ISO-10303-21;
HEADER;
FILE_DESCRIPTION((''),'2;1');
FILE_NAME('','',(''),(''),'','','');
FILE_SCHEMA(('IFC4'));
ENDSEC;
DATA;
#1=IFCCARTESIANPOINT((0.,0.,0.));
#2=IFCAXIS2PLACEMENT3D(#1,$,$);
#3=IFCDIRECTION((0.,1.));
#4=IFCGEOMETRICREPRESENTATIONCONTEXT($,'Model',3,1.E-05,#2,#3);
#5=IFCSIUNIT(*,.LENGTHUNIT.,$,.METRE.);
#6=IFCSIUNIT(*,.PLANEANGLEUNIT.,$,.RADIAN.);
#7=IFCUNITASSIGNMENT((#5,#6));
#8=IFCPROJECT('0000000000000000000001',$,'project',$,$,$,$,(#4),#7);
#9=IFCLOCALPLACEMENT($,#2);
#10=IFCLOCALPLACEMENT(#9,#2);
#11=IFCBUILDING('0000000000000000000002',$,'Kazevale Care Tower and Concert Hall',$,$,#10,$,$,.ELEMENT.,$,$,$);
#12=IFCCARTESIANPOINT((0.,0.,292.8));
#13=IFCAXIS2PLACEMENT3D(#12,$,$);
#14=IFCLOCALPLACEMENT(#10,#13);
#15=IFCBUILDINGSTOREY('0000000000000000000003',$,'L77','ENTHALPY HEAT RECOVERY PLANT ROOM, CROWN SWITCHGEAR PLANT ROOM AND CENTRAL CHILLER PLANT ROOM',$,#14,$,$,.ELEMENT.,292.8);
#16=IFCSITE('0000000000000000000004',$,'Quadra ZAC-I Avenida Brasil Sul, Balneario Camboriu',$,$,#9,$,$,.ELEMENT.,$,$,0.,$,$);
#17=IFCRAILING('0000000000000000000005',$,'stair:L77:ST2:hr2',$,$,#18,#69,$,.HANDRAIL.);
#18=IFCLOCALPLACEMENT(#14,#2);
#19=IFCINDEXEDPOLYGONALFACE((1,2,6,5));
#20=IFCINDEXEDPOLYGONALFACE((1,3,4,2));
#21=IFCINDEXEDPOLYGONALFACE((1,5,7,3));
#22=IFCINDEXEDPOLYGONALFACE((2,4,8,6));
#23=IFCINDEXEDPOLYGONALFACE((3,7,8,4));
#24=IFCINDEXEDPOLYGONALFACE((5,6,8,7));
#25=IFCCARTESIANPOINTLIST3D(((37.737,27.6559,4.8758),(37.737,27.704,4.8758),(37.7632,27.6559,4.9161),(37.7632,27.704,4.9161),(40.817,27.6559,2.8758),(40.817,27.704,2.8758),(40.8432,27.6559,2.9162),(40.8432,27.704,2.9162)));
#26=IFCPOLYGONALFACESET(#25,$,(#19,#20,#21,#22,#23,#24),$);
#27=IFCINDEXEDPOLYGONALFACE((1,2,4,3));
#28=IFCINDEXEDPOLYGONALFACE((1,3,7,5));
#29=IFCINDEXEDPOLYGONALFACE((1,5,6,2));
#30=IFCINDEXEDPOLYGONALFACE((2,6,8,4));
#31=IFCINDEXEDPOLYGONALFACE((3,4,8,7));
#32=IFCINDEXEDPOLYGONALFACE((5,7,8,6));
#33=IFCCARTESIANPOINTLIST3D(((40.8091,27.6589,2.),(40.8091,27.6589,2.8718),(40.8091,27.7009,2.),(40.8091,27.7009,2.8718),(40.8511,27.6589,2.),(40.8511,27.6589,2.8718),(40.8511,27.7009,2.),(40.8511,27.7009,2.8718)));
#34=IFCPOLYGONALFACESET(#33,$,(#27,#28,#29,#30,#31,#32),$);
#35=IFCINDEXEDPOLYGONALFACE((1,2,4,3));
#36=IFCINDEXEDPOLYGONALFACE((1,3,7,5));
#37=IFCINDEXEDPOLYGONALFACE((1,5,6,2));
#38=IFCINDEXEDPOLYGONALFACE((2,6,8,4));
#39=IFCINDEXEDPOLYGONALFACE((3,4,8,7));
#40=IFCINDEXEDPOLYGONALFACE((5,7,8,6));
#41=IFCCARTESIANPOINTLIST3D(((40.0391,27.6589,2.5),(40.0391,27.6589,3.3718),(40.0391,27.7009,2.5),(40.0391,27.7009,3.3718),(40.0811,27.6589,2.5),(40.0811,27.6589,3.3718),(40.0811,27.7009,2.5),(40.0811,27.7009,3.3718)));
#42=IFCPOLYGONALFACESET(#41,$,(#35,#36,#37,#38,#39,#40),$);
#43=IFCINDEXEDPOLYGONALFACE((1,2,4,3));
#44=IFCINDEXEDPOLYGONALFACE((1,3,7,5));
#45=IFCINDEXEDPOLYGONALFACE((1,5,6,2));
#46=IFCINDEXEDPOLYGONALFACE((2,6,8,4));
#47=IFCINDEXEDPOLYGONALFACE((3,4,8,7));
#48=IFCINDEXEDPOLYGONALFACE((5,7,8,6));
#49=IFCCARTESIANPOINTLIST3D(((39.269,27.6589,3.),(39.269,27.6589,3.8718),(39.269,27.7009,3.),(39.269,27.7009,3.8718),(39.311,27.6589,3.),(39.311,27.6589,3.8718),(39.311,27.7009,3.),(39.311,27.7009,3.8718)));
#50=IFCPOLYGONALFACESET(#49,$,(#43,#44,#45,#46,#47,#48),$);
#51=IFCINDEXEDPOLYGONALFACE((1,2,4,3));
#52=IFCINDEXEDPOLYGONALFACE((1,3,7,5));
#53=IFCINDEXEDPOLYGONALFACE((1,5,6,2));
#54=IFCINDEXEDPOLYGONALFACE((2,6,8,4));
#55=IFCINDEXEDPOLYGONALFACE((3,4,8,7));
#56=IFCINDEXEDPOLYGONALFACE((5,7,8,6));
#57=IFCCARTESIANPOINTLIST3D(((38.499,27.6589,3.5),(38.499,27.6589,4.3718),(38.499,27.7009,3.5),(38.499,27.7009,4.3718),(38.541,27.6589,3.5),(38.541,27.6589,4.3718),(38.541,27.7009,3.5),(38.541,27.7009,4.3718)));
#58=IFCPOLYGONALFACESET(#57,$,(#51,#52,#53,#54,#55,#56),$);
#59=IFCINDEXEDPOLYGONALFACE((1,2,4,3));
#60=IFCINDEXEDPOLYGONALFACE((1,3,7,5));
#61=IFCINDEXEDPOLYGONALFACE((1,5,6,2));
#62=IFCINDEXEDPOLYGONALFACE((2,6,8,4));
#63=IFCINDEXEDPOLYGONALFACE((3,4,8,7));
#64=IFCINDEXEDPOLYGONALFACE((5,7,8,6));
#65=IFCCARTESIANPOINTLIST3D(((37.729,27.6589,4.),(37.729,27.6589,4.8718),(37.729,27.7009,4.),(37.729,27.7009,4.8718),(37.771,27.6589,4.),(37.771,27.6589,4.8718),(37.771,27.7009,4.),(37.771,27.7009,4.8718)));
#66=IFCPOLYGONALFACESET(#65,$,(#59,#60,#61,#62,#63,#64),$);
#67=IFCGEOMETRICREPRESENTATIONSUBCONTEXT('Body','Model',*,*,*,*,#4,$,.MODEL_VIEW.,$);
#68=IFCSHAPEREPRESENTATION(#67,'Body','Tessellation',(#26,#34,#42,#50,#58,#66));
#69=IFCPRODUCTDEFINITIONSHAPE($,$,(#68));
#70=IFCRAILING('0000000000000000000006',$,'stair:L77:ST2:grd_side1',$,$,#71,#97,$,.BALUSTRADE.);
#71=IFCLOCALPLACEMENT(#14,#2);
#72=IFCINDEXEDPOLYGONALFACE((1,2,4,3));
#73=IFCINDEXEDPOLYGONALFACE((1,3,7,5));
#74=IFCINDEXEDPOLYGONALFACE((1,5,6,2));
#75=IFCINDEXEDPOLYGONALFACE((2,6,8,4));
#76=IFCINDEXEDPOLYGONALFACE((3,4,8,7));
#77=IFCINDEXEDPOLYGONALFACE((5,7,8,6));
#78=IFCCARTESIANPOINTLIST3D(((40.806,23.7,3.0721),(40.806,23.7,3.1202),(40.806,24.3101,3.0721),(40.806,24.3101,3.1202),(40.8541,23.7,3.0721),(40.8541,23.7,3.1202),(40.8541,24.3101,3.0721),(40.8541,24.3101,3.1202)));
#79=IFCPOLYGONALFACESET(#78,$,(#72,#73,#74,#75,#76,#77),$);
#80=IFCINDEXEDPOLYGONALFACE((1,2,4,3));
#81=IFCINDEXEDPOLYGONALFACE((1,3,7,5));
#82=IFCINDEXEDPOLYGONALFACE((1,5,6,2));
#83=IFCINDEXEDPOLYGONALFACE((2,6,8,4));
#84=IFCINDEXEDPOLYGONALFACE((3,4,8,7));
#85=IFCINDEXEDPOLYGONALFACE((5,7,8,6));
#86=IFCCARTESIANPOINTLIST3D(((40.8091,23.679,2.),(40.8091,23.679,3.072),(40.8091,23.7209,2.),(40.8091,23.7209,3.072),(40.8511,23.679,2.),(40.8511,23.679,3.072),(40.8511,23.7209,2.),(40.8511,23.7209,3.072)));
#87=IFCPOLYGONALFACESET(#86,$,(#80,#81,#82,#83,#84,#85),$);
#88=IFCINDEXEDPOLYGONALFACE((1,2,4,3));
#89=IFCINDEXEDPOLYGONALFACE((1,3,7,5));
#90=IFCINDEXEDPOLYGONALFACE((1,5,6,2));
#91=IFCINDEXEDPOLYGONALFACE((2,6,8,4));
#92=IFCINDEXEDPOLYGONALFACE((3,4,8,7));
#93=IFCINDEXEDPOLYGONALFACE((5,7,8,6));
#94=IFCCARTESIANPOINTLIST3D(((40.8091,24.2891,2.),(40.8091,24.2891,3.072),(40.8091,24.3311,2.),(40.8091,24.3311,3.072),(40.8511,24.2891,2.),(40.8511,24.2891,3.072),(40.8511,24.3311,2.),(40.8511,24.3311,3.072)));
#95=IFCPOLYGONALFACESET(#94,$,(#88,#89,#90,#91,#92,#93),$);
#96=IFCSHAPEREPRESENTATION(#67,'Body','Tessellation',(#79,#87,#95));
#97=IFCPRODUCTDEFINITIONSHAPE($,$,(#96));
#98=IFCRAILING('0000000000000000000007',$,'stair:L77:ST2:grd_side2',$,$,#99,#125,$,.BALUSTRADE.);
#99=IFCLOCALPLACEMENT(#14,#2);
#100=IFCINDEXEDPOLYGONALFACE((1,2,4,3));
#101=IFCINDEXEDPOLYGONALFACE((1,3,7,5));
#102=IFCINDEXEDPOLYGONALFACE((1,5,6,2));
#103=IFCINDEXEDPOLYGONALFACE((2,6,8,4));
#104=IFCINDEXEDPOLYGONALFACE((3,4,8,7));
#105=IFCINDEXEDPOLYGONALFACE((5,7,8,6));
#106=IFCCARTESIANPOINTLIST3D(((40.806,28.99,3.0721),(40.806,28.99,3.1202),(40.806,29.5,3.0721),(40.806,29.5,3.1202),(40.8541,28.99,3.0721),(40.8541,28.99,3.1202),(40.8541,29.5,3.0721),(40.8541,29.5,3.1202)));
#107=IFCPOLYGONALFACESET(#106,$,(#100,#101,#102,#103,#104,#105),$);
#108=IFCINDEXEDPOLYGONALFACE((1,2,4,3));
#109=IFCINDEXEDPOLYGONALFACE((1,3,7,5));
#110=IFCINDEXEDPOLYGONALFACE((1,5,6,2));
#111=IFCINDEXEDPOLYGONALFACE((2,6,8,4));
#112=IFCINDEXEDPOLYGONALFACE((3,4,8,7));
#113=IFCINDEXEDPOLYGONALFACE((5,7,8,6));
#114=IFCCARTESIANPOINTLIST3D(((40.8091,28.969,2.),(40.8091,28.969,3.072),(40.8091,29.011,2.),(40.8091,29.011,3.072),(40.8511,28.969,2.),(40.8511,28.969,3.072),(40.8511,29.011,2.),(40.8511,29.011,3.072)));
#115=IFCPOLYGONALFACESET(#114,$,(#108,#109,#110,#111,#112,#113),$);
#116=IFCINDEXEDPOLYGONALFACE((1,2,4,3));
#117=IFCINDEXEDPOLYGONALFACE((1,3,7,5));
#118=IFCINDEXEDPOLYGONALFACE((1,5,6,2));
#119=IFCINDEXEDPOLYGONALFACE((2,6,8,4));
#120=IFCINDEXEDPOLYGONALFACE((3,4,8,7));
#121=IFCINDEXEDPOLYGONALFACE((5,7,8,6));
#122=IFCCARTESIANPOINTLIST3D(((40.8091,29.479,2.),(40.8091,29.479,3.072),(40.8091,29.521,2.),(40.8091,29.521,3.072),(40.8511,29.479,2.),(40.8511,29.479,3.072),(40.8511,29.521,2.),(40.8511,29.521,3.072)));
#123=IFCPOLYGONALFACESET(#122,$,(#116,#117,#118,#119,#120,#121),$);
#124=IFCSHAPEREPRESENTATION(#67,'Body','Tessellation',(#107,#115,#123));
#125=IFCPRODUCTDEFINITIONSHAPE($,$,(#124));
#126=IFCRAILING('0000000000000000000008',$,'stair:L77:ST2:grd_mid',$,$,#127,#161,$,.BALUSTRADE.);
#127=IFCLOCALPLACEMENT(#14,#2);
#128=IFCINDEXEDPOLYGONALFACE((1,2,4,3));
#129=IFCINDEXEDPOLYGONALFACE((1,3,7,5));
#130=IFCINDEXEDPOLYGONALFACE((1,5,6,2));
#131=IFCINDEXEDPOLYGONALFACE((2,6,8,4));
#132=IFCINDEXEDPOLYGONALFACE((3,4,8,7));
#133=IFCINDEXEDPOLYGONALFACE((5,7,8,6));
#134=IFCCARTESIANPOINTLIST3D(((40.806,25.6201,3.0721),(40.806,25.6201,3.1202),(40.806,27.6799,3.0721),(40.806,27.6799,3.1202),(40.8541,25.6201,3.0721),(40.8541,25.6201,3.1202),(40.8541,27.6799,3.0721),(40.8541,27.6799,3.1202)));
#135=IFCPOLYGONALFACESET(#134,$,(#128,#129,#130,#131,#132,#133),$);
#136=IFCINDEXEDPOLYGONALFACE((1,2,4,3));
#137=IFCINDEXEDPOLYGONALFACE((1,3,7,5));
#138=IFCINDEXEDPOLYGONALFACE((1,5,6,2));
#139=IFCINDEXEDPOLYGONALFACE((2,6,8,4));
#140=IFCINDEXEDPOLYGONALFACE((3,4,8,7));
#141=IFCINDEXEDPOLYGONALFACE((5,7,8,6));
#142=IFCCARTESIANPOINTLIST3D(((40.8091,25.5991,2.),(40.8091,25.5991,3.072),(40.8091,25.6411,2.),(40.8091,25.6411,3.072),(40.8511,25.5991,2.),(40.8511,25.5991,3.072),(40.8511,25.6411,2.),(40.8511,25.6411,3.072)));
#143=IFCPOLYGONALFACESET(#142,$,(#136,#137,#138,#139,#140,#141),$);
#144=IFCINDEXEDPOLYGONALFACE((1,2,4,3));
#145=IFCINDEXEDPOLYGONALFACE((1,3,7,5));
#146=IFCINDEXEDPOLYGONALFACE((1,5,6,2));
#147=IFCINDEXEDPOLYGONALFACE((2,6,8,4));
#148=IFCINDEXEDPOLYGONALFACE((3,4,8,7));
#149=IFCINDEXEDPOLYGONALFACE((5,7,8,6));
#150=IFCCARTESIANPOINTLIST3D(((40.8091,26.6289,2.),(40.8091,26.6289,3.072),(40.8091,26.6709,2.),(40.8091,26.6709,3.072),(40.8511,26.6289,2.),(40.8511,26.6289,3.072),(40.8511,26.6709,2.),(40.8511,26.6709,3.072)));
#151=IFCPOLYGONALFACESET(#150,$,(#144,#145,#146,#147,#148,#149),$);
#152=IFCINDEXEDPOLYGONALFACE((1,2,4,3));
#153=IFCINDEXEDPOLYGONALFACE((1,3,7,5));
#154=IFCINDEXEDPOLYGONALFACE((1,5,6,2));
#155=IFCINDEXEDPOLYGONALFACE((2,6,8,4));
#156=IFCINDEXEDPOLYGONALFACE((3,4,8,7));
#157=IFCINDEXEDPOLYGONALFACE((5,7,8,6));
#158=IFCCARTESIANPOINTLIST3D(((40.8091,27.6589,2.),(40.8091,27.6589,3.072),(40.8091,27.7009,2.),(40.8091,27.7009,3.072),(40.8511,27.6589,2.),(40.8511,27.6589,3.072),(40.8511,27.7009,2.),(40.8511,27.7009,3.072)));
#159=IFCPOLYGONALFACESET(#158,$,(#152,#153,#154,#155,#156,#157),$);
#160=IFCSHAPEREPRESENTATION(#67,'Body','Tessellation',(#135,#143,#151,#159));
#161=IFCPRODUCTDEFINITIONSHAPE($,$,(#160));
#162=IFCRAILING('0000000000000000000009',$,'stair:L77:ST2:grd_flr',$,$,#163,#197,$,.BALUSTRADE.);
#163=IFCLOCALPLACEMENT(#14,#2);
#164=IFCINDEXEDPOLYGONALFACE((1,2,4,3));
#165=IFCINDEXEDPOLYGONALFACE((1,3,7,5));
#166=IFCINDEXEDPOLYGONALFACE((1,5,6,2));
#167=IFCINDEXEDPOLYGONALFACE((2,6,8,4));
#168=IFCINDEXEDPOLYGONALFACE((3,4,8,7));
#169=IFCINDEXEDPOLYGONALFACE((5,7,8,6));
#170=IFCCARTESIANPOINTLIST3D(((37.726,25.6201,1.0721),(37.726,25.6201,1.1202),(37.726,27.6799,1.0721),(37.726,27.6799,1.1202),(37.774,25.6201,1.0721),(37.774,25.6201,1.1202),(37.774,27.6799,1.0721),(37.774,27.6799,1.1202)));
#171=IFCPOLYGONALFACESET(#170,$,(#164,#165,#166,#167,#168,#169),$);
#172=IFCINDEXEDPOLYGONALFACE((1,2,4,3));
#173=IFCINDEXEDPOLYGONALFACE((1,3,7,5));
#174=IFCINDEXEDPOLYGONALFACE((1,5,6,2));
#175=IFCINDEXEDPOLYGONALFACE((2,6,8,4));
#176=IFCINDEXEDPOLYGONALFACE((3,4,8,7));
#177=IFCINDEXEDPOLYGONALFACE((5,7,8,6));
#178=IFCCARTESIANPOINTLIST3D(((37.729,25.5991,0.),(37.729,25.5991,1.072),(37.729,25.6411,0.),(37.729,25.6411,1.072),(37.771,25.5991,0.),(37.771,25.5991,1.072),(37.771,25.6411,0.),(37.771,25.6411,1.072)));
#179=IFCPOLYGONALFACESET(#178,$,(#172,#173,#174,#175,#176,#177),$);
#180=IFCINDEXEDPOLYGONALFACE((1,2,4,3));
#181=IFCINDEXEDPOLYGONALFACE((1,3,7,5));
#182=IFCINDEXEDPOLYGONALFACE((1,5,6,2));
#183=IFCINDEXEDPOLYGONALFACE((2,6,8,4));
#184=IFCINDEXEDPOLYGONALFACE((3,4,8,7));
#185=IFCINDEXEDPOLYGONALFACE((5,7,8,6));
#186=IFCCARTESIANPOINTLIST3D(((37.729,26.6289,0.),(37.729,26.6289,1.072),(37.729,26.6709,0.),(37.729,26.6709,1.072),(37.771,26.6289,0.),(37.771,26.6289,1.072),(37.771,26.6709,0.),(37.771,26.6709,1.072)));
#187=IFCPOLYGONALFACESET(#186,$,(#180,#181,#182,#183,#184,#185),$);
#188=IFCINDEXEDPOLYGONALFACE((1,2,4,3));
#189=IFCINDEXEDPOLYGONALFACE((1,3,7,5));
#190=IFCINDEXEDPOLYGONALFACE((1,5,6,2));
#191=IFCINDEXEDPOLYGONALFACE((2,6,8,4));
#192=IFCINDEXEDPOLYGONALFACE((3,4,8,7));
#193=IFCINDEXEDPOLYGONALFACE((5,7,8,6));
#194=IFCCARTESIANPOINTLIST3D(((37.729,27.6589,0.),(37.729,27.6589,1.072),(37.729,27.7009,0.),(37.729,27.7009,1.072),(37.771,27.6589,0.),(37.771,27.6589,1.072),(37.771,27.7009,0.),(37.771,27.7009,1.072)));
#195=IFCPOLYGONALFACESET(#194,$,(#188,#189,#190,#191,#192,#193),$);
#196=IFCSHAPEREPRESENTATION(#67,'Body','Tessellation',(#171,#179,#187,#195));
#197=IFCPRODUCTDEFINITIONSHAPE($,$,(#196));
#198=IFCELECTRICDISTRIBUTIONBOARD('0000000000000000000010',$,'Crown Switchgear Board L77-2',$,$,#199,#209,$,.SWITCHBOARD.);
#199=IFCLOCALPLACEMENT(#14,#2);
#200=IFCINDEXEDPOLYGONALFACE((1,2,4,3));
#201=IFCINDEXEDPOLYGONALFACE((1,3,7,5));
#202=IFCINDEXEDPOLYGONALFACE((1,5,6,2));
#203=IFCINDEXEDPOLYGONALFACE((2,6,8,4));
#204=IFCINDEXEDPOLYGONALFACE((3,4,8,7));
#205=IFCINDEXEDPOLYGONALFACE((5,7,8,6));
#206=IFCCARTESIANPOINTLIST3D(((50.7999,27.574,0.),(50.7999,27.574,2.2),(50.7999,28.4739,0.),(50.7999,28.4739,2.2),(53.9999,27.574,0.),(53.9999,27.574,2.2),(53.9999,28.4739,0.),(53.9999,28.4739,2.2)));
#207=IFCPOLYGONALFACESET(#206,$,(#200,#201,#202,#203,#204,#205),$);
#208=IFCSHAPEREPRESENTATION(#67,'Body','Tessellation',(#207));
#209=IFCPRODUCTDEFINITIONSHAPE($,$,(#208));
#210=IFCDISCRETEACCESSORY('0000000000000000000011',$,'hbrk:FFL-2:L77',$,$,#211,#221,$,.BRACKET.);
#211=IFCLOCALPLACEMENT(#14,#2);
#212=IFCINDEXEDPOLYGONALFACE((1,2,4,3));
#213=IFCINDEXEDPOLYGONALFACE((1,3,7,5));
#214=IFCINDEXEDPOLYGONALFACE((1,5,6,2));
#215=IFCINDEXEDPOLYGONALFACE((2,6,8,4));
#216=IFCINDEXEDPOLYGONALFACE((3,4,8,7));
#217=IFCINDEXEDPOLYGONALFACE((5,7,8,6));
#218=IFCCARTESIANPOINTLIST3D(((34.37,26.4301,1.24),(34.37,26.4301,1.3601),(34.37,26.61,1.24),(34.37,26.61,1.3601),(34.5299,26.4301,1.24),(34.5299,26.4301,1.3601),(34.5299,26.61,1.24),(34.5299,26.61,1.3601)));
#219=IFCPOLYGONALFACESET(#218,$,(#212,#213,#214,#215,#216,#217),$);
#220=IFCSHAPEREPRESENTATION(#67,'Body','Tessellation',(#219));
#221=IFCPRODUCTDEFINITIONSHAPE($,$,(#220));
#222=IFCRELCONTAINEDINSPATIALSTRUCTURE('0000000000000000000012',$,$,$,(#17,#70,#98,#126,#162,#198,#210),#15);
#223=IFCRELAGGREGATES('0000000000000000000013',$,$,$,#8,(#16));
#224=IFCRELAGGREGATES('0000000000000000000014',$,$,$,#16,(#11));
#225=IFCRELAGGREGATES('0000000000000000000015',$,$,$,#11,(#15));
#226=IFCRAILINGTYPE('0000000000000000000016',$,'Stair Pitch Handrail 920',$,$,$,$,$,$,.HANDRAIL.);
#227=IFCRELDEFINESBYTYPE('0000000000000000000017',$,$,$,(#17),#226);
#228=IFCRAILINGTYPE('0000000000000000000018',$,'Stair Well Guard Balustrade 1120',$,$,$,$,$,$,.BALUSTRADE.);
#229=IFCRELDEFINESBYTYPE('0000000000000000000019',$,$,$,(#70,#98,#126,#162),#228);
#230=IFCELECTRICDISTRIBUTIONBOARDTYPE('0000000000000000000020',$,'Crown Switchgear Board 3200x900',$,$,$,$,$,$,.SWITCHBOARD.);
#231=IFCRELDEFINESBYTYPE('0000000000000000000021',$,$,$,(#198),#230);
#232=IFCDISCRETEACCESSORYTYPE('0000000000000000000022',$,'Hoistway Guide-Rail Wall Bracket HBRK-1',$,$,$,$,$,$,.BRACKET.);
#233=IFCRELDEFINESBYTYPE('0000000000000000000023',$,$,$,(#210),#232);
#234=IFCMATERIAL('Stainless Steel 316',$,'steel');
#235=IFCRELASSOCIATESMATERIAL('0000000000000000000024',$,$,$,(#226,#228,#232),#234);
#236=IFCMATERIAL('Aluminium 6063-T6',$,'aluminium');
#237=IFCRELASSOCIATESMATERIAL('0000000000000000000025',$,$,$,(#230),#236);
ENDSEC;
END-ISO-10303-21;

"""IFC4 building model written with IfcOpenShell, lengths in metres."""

from ifc_helpers import new_model, si_unit, direction, frame, origin, origin_2d, place, context, subcontext, project, spatial, rectangle, extrude, material, type_object, element, save


model = new_model("IFC4")

# Units and contexts
model_context = context("Model", 3, precision=1e-05, world=origin(), true_north=direction((0.0, 1.0)))
body_context = subcontext(model_context, "Body", "Model", "MODEL_VIEW")
ifc_project = project(units=[si_unit("LENGTHUNIT", "METRE"), si_unit("PLANEANGLEUNIT", "RADIAN")], contexts=[model_context])

# Site, building, storey
site_placement = place(None, origin())
site = spatial("IfcSite", under=ifc_project, at=site_placement, Name="Quadra ZAC-I Avenida Brasil Sul, Balneario Camboriu", CompositionType="ELEMENT", RefElevation=0.0)
building_placement = place(site_placement, origin())
building = spatial("IfcBuilding", under=site, at=building_placement, Name="Kazevale Care Tower and Concert Hall", CompositionType="ELEMENT")
storey_placement = place(building_placement, frame((0.0, 0.0, 292.8)))
storey = spatial("IfcBuildingStorey", under=building, at=storey_placement, Name="L77", Description="ENTHALPY HEAT RECOVERY PLANT ROOM, CROWN SWITCHGEAR PLANT ROOM AND CENTRAL CHILLER PLANT ROOM", CompositionType="ELEMENT", Elevation=292.8)

# Shared definitions
ifc_material_1 = material(Name="Aluminium 6063-T6", Category="aluminium")

# Railings
ifc_material_2 = material(Name="Stainless Steel 316", Category="steel")
railing_type_1 = type_object("IfcRailingType", Name="Stair Pitch Handrail 920", PredefinedType="HANDRAIL", material=ifc_material_2)
railing_1_placement = place(storey_placement, frame((40.8301, 27.6799, 2.0)))
element("IfcRailing", 1, at=railing_1_placement, inside=storey, type_object=railing_type_1, Name="stair:L77:ST2:hr2", PredefinedType="HANDRAIL", context=body_context, shape_type="SweptSolid", body=[
    extrude(rectangle(XDim=0.0481, YDim=0.0481, at=origin_2d()), frame((0.0, 0.0, 0.896), z_axis=(-0.838699, 0.0, 0.544596), x_axis=(0.0, -1.0, 0.0)), (0.0, 0.0, 1.0), 3.6724),
    extrude(rectangle(XDim=0.042, YDim=0.042, at=origin_2d()), origin(), (0.0, 0.0, 1.0), 0.8718),
    extrude(rectangle(XDim=0.042, YDim=0.042, at=origin_2d()), frame((-0.77, 0.0, 0.5)), (0.0, 0.0, 1.0), 0.8718),
    extrude(rectangle(XDim=0.042, YDim=0.042, at=origin_2d()), frame((-1.54, 0.0, 1.0)), (0.0, 0.0, 1.0), 0.8718),
    extrude(rectangle(XDim=0.042, YDim=0.042, at=origin_2d()), frame((-2.3101, 0.0, 1.5)), (0.0, 0.0, 1.0), 0.8718),
    extrude(rectangle(XDim=0.042, YDim=0.042, at=origin_2d()), frame((-3.0801, 0.0, 2.0)), (0.0, 0.0, 1.0), 0.8718),
])
railing_type_2 = type_object("IfcRailingType", Name="Stair Well Guard Balustrade 1120", PredefinedType="BALUSTRADE", material=ifc_material_2)
railing_2_placement = place(storey_placement, frame((40.8301, 23.7, 2.0)))
element("IfcRailing", 2, at=railing_2_placement, inside=storey, type_object=railing_type_2, Name="stair:L77:ST2:grd_side1", PredefinedType="BALUSTRADE", context=body_context, shape_type="SweptSolid", body=[
    extrude(rectangle(XDim=0.0481, YDim=0.0481, at=origin_2d()), frame((0.0, 0.0, 1.0962), z_axis=(0.0, 1.0, 0.0), x_axis=(-1.0, 0.0, 0.0)), (0.0, 0.0, 1.0), 0.6101),
    extrude(rectangle(XDim=0.042, YDim=0.042, at=origin_2d()), origin(), (0.0, 0.0, 1.0), 1.072),
    extrude(rectangle(XDim=0.042, YDim=0.042, at=origin_2d()), frame((0.0, 0.6101, 0.0)), (0.0, 0.0, 1.0), 1.072),
])
railing_3_placement = place(storey_placement, frame((40.8301, 28.99, 2.0)))
element("IfcRailing", 3, at=railing_3_placement, inside=storey, type_object=railing_type_2, Name="stair:L77:ST2:grd_side2", PredefinedType="BALUSTRADE", context=body_context, shape_type="SweptSolid", body=[
    extrude(rectangle(XDim=0.0481, YDim=0.0481, at=origin_2d()), frame((0.0, 0.0, 1.0962), z_axis=(0.0, 1.0, 0.0), x_axis=(-1.0, 0.0, 0.0)), (0.0, 0.0, 1.0), 0.51),
    extrude(rectangle(XDim=0.042, YDim=0.042, at=origin_2d()), origin(), (0.0, 0.0, 1.0), 1.072),
    extrude(rectangle(XDim=0.042, YDim=0.042, at=origin_2d()), frame((0.0, 0.51, 0.0)), (0.0, 0.0, 1.0), 1.072),
])
for number, where, name in (
    (4, (40.8301, 25.6201, 2.0), "stair:L77:ST2:grd_mid"),
    (5, (37.75, 25.6201, 0.0), "stair:L77:ST2:grd_flr"),
):
    element("IfcRailing", number, at=place(storey_placement, frame(where)), inside=storey, type_object=railing_type_2, Name=name, PredefinedType="BALUSTRADE", context=body_context, shape_type="SweptSolid", body=[
        extrude(rectangle(XDim=0.0481, YDim=0.0481, at=origin_2d()), frame((0.0, 0.0, 1.0962), z_axis=(0.0, 1.0, 0.0), x_axis=(-1.0, 0.0, 0.0)), (0.0, 0.0, 1.0), 2.0598),
        extrude(rectangle(XDim=0.042, YDim=0.042, at=origin_2d()), origin(), (0.0, 0.0, 1.0), 1.072),
        extrude(rectangle(XDim=0.042, YDim=0.042, at=origin_2d()), frame((0.0, 1.0298, 0.0)), (0.0, 0.0, 1.0), 1.072),
        extrude(rectangle(XDim=0.042, YDim=0.042, at=origin_2d()), frame((0.0, 2.0598, 0.0)), (0.0, 0.0, 1.0), 1.072),
    ])

# Electric distribution board
electric_distribution_board_type = type_object("IfcElectricDistributionBoardType", Name="Crown Switchgear Board 3200x900", PredefinedType="SWITCHBOARD", material=ifc_material_1)
electric_distribution_board_placement = place(storey_placement, frame((52.3999, 28.0239, 0.0), z_axis=(0.0, 0.0, 1.0), x_axis=(1.0, 0.0, 0.0)))
element("IfcElectricDistributionBoard", 6, at=electric_distribution_board_placement, inside=storey, type_object=electric_distribution_board_type, Name="Crown Switchgear Board L77-2", PredefinedType="SWITCHBOARD", context=body_context, shape_type="SweptSolid", body=[
    extrude(rectangle(XDim=3.2, YDim=0.8999, at=origin_2d()), origin(), (0.0, 0.0, 1.0), 2.2),
])

# Discrete accessory
discrete_accessory_type = type_object("IfcDiscreteAccessoryType", Name="Hoistway Guide-Rail Wall Bracket HBRK-1", PredefinedType="BRACKET", material=ifc_material_2)
discrete_accessory_placement = place(storey_placement, frame((34.45, 26.52, 1.24), z_axis=(0.0, 0.0, 1.0), x_axis=(1.0, 0.0, 0.0)))
element("IfcDiscreteAccessory", 7, at=discrete_accessory_placement, inside=storey, type_object=discrete_accessory_type, Name="hbrk:FFL-2:L77", PredefinedType="BRACKET", context=body_context, shape_type="SweptSolid", body=[
    extrude(rectangle(XDim=0.1599, YDim=0.1799, at=origin_2d()), origin(), (0.0, 0.0, 1.0), 0.1201),
])

save(model, "model.ifc")
